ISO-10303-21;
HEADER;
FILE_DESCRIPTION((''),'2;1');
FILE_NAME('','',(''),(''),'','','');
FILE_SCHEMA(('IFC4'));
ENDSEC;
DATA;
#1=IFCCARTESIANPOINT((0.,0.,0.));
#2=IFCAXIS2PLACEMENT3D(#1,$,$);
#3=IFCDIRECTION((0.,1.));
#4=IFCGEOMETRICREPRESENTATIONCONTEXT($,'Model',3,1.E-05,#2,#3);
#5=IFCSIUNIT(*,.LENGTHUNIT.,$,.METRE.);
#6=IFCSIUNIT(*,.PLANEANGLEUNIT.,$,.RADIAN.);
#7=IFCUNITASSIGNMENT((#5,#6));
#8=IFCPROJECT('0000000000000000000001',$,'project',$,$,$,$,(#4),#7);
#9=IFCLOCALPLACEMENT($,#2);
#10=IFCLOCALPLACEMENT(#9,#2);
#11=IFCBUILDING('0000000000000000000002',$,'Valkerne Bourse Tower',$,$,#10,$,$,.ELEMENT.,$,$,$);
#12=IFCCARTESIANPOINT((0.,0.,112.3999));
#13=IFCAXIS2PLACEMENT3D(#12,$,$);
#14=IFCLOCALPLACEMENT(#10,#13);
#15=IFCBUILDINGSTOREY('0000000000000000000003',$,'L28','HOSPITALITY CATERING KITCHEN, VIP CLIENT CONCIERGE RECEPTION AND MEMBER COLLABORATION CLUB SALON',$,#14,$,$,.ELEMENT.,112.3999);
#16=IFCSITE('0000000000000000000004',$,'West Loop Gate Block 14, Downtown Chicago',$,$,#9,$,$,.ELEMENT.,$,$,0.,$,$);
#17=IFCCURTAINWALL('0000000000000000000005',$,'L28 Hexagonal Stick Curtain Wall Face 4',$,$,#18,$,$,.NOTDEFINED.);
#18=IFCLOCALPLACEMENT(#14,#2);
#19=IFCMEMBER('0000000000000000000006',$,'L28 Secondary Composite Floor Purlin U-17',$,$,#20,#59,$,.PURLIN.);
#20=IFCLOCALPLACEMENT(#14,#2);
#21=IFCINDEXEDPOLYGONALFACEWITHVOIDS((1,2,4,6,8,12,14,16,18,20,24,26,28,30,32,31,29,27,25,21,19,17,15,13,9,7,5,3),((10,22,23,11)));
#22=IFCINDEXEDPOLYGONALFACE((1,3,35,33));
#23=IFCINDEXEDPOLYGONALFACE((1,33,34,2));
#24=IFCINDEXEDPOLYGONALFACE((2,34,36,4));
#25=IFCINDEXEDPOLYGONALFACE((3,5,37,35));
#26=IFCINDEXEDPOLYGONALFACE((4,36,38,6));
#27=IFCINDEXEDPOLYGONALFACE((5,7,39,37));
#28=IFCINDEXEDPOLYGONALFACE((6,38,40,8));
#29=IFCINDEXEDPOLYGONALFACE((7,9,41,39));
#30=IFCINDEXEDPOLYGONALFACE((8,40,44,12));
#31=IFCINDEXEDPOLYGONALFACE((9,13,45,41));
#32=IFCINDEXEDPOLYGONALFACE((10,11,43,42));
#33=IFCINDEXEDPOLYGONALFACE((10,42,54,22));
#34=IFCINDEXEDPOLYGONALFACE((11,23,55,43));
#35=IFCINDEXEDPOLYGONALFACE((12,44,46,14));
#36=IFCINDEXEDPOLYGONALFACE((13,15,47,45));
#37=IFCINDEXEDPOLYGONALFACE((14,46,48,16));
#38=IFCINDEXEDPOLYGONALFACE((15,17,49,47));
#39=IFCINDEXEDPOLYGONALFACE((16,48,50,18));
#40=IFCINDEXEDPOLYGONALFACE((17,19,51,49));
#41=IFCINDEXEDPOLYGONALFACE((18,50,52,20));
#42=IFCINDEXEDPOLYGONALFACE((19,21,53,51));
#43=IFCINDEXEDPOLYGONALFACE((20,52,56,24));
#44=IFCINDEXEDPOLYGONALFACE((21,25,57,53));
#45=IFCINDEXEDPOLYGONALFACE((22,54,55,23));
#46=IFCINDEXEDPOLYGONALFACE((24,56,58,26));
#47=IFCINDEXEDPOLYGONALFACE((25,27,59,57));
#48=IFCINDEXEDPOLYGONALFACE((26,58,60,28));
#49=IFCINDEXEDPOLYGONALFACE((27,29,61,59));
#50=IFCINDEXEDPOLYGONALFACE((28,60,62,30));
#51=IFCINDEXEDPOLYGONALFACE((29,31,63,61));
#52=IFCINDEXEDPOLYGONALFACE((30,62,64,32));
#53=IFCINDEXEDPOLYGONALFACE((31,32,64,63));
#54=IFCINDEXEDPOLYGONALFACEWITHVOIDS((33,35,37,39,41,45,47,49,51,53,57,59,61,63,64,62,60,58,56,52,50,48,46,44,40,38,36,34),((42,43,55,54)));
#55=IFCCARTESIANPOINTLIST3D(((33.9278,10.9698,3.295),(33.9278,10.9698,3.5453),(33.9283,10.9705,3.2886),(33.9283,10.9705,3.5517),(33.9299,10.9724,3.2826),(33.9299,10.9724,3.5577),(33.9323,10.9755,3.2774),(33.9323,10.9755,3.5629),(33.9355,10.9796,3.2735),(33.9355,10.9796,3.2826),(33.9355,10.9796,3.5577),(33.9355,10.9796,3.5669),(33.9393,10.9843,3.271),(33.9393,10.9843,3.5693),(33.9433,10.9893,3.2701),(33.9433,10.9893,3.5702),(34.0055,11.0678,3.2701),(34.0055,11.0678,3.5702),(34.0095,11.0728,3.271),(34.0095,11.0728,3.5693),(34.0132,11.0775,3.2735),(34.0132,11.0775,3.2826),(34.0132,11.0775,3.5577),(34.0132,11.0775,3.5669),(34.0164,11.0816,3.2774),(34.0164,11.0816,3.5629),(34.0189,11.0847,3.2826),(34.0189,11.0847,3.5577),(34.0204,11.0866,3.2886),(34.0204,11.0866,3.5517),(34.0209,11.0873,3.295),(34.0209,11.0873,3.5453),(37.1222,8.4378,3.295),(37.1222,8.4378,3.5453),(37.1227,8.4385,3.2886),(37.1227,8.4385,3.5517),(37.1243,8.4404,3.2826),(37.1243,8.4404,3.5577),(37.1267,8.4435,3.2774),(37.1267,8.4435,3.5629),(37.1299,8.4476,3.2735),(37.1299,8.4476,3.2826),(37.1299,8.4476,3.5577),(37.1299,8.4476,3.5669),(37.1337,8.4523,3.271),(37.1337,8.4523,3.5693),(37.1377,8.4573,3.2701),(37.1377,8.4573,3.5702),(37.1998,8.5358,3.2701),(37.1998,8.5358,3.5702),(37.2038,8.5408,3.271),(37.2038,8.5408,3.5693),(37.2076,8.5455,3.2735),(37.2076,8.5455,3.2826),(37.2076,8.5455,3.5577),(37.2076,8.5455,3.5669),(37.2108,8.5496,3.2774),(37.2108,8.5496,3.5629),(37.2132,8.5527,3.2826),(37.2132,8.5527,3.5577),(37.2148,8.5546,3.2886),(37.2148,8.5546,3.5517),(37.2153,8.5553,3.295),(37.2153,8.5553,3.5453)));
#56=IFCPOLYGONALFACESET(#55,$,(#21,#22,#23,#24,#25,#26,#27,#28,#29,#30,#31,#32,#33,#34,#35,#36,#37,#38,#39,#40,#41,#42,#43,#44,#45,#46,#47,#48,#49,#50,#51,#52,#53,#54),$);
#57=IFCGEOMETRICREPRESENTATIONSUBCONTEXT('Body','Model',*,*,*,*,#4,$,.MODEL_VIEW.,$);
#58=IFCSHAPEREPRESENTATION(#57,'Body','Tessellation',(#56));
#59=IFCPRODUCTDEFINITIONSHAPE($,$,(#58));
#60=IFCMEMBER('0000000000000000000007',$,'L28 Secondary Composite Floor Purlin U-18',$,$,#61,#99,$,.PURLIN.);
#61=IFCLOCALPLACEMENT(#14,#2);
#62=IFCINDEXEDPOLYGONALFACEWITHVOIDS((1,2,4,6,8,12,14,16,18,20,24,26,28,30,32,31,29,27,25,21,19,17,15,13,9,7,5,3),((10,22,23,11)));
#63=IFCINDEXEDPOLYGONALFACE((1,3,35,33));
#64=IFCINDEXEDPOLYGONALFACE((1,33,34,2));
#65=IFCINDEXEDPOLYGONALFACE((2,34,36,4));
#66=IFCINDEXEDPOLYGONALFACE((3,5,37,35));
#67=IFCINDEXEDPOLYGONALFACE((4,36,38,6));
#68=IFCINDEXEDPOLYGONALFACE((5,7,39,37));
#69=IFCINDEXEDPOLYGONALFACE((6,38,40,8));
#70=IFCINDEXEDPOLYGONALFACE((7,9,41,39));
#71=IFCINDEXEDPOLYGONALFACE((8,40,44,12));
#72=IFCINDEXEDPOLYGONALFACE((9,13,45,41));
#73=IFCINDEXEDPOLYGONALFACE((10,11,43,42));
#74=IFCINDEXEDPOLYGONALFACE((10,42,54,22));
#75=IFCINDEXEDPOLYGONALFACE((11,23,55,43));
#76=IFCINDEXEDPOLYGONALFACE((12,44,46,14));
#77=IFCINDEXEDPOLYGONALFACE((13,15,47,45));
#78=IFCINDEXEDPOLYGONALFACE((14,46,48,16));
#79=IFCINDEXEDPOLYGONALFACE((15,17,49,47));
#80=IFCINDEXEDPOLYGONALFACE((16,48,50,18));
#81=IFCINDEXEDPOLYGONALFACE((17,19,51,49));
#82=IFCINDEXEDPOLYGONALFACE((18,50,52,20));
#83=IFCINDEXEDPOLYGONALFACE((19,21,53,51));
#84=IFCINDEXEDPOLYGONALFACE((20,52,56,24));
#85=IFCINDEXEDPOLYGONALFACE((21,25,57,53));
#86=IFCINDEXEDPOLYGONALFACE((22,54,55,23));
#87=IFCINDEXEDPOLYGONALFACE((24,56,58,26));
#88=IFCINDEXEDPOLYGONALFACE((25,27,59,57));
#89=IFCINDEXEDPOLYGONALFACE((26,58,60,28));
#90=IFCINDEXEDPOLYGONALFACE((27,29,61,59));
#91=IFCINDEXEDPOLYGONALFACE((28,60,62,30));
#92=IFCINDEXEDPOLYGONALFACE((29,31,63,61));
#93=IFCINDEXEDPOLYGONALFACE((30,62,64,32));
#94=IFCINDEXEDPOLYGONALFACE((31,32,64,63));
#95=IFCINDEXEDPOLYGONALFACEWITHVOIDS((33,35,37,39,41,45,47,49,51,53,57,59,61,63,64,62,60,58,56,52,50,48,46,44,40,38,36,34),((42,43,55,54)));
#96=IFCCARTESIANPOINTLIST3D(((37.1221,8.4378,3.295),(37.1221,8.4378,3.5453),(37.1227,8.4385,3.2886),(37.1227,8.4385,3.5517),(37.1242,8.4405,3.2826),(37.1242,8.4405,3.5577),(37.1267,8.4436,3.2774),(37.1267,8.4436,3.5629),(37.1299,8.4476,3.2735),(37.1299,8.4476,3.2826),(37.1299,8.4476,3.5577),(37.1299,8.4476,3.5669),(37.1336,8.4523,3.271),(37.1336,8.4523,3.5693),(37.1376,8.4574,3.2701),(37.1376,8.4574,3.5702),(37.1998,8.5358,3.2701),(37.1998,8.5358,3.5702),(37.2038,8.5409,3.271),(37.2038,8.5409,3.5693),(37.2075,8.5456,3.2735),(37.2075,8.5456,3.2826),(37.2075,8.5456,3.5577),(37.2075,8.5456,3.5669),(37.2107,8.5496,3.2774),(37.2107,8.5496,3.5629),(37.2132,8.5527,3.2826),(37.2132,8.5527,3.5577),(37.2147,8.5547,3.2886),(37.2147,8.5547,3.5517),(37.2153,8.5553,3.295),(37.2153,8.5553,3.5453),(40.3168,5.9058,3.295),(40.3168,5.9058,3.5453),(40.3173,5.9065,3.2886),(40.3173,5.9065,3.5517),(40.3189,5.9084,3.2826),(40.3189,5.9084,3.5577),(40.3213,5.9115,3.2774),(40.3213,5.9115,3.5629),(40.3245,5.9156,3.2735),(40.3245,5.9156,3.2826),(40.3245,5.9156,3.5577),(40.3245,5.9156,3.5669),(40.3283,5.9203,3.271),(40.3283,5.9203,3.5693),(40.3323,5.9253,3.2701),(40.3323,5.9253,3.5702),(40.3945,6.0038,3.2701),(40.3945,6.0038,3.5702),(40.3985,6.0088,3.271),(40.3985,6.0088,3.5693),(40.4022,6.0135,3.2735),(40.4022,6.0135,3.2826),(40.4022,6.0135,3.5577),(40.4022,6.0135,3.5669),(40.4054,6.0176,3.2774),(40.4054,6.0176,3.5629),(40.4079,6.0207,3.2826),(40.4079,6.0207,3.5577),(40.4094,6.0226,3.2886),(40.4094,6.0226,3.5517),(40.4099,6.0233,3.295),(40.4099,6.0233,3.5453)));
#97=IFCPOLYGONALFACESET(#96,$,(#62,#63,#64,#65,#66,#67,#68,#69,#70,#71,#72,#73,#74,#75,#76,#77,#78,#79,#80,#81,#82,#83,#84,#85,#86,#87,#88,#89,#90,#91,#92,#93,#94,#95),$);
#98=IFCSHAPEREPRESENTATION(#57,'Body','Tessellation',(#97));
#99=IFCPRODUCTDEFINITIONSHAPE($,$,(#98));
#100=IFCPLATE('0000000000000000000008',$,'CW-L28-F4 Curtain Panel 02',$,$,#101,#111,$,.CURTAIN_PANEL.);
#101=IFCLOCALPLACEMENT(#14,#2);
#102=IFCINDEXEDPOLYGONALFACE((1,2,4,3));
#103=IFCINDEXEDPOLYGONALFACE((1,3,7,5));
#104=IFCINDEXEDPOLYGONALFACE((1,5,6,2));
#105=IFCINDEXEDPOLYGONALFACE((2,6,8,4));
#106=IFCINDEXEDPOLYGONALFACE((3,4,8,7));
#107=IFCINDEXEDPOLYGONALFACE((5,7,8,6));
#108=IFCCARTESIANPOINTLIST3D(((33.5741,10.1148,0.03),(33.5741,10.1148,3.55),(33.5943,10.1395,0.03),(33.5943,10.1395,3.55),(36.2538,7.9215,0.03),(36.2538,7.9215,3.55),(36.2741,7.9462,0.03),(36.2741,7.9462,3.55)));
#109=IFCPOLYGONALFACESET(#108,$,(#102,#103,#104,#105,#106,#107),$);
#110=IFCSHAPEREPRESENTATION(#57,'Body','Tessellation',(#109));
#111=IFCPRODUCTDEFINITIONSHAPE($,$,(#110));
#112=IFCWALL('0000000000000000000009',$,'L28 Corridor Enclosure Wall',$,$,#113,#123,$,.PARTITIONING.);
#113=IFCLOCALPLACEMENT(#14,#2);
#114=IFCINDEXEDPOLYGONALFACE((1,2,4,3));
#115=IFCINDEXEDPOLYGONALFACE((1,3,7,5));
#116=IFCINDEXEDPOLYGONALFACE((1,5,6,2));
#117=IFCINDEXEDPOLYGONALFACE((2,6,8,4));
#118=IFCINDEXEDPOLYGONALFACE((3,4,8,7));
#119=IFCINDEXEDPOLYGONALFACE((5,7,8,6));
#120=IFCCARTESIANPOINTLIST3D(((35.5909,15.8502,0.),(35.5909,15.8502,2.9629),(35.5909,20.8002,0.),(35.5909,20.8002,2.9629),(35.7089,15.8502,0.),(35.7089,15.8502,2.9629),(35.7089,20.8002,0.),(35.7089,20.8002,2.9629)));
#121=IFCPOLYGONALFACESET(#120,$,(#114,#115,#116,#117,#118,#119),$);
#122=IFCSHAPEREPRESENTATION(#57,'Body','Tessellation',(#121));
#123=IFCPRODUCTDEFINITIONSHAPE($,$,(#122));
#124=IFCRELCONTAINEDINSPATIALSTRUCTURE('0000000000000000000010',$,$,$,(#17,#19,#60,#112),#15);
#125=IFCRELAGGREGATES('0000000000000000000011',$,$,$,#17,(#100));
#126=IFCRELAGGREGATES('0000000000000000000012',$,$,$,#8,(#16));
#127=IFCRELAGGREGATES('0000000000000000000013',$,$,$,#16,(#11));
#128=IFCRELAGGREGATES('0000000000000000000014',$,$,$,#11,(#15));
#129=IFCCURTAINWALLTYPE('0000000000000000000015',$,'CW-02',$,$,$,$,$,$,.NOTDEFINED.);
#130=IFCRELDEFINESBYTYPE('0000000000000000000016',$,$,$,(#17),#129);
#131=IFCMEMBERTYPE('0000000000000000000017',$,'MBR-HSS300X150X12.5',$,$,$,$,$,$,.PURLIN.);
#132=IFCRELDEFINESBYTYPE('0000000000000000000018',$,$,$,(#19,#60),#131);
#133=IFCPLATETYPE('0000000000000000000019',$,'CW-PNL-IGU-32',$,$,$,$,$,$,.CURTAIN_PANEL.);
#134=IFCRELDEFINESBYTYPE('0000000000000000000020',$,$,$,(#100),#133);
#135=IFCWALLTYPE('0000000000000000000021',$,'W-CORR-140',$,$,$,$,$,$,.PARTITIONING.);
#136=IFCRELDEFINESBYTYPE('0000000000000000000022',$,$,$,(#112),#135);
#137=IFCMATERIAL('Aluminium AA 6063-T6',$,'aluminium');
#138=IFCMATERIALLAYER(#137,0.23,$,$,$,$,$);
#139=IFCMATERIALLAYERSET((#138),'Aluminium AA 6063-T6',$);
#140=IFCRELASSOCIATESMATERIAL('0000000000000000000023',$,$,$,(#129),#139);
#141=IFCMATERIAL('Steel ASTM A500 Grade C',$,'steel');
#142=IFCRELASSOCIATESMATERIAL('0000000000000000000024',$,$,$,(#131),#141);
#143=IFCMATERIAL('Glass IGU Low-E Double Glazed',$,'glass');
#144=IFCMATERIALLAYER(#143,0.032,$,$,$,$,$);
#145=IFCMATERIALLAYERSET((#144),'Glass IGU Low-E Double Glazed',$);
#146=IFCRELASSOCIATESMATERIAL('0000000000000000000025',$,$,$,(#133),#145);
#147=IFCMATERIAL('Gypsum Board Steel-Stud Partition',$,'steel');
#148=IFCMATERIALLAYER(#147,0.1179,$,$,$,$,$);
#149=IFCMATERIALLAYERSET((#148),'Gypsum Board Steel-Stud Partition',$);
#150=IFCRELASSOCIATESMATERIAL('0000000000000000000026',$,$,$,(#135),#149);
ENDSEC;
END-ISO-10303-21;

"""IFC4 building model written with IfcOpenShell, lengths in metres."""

from ifc_helpers import new_model, si_unit, direction, frame, frame_2d, origin, origin_2d, place, context, subcontext, project, spatial, rectangle, hollow_rectangle, extrude, material, layer, layer_set, material_profile, profile_set, type_object, element, aggregate, save


model = new_model("IFC4")

# Units and contexts
model_context = context("Model", 3, precision=1e-05, world=origin(), true_north=direction((0.0, 1.0)))
body_context = subcontext(model_context, "Body", "Model", "MODEL_VIEW")
ifc_project = project(units=[si_unit("LENGTHUNIT", "METRE"), si_unit("PLANEANGLEUNIT", "RADIAN")], contexts=[model_context])

# Site, building, storey
site_placement = place(None, origin())
site = spatial("IfcSite", under=ifc_project, at=site_placement, Name="West Loop Gate Block 14, Downtown Chicago", CompositionType="ELEMENT", RefElevation=0.0)
building_placement = place(site_placement, origin())
building = spatial("IfcBuilding", under=site, at=building_placement, Name="Valkerne Bourse Tower", CompositionType="ELEMENT")
storey_placement = place(building_placement, frame((0.0, 0.0, 112.3999)))
storey = spatial("IfcBuildingStorey", under=building, at=storey_placement, Name="L28", Description="HOSPITALITY CATERING KITCHEN, VIP CLIENT CONCIERGE RECEPTION AND MEMBER COLLABORATION CLUB SALON", CompositionType="ELEMENT", Elevation=112.3999)

# Curtain wall
ifc_material_1 = material(Name="Aluminium AA 6063-T6", Category="aluminium")
ifc_layer_1 = layer(ifc_material_1, 0.23)
ifc_layer_set_1 = layer_set([ifc_layer_1], Name="Aluminium AA 6063-T6")
curtain_wall_type = type_object("IfcCurtainWallType", Name="CW-02", PredefinedType="NOTDEFINED", material=ifc_layer_set_1)
curtain_wall_placement = place(storey_placement, origin())
curtain_wall = element("IfcCurtainWall", 1, at=curtain_wall_placement, inside=storey, type_object=curtain_wall_type, Name="L28 Hexagonal Stick Curtain Wall Face 4", PredefinedType="NOTDEFINED")

# Members
ifc_material_2 = material(Name="Steel ASTM A500 Grade C", Category="steel")
ifc_material_profile_1 = material_profile(ifc_material_2, hollow_rectangle(XDim=0.1499, YDim=0.3, WallThickness=0.0125, OuterFilletRadius=0.0249, at=origin_2d()), Name="HSS300X150X12.5")
ifc_profile_set_1 = profile_set([ifc_material_profile_1], Name="Steel ASTM A500 Grade C")
member_type_1 = type_object("IfcMemberType", Name="MBR-HSS300X150X12.5", PredefinedType="PURLIN", material=ifc_profile_set_1)
member_1_placement = place(storey_placement, frame((33.9744, 11.0286, 3.4202), z_axis=(0.783672, -0.621175, 0.0), x_axis=(0.621175, 0.783672, 0.0)))
element("IfcMember", 2, at=member_1_placement, inside=storey, type_object=member_type_1, Name="L28 Secondary Composite Floor Purlin U-17", PredefinedType="PURLIN", context=body_context, shape_type="SweptSolid", body=[
    extrude(hollow_rectangle(XDim=0.1499, YDim=0.3, WallThickness=0.0125, OuterFilletRadius=0.0249, at=origin_2d()), origin(), (0.0, 0.0, 1.0), 4.0762),
])
member_2_placement = place(storey_placement, frame((37.1687, 8.4966, 3.4202), z_axis=(0.783695, -0.621146, 0.0), x_axis=(0.621146, 0.783695, 0.0)))
element("IfcMember", 3, at=member_2_placement, inside=storey, type_object=member_type_1, Name="L28 Secondary Composite Floor Purlin U-18", PredefinedType="PURLIN", context=body_context, shape_type="SweptSolid", body=[
    extrude(hollow_rectangle(XDim=0.1499, YDim=0.3, WallThickness=0.0125, OuterFilletRadius=0.0249, at=origin_2d()), origin(), (0.0, 0.0, 1.0), 4.0764),
])

# Plate
ifc_material_3 = material(Name="Glass IGU Low-E Double Glazed", Category="glass")
ifc_layer_2 = layer(ifc_material_3, 0.032)
ifc_layer_set_2 = layer_set([ifc_layer_2], Name="Glass IGU Low-E Double Glazed")
plate_type = type_object("IfcPlateType", Name="CW-PNL-IGU-32", PredefinedType="CURTAIN_PANEL", material=ifc_layer_set_2)
plate_placement = place(storey_placement, frame((34.9241, 9.0305, 0.03), z_axis=(0.0, 0.0, 1.0), x_axis=(0.773846, -0.633373, 0.0)))
plate = element("IfcPlate", 4, at=plate_placement, type_object=plate_type, Name="CW-L28-F4 Curtain Panel 02", PredefinedType="CURTAIN_PANEL", context=body_context, shape_type="SweptSolid", body=[
    extrude(rectangle(XDim=3.4629, YDim=0.032, at=origin_2d()), origin(), (0.0, 0.0, 1.0), 3.52),
])
aggregate(curtain_wall, [plate])

# Wall
ifc_material_4 = material(Name="Gypsum Board Steel-Stud Partition", Category="steel")
ifc_layer_3 = layer(ifc_material_4, 0.1179)
ifc_layer_set_3 = layer_set([ifc_layer_3], Name="Gypsum Board Steel-Stud Partition")
wall_type = type_object("IfcWallType", Name="W-CORR-140", PredefinedType="PARTITIONING", material=ifc_layer_set_3)
wall_placement = place(storey_placement, frame((35.6499, 15.8501, 0.0), z_axis=(0.0, 0.0, 1.0), x_axis=(0.0, 1.0, 0.0)))
element("IfcWall", 5, at=wall_placement, inside=storey, type_object=wall_type, Name="L28 Corridor Enclosure Wall", PredefinedType="PARTITIONING", context=body_context, shape_type="SweptSolid", body=[
    extrude(rectangle(XDim=4.95, YDim=0.1179, at=frame_2d((2.4751, 0.0))), origin(), (0.0, 0.0, 1.0), 2.9629),
])

save(model, "model.ifc")
